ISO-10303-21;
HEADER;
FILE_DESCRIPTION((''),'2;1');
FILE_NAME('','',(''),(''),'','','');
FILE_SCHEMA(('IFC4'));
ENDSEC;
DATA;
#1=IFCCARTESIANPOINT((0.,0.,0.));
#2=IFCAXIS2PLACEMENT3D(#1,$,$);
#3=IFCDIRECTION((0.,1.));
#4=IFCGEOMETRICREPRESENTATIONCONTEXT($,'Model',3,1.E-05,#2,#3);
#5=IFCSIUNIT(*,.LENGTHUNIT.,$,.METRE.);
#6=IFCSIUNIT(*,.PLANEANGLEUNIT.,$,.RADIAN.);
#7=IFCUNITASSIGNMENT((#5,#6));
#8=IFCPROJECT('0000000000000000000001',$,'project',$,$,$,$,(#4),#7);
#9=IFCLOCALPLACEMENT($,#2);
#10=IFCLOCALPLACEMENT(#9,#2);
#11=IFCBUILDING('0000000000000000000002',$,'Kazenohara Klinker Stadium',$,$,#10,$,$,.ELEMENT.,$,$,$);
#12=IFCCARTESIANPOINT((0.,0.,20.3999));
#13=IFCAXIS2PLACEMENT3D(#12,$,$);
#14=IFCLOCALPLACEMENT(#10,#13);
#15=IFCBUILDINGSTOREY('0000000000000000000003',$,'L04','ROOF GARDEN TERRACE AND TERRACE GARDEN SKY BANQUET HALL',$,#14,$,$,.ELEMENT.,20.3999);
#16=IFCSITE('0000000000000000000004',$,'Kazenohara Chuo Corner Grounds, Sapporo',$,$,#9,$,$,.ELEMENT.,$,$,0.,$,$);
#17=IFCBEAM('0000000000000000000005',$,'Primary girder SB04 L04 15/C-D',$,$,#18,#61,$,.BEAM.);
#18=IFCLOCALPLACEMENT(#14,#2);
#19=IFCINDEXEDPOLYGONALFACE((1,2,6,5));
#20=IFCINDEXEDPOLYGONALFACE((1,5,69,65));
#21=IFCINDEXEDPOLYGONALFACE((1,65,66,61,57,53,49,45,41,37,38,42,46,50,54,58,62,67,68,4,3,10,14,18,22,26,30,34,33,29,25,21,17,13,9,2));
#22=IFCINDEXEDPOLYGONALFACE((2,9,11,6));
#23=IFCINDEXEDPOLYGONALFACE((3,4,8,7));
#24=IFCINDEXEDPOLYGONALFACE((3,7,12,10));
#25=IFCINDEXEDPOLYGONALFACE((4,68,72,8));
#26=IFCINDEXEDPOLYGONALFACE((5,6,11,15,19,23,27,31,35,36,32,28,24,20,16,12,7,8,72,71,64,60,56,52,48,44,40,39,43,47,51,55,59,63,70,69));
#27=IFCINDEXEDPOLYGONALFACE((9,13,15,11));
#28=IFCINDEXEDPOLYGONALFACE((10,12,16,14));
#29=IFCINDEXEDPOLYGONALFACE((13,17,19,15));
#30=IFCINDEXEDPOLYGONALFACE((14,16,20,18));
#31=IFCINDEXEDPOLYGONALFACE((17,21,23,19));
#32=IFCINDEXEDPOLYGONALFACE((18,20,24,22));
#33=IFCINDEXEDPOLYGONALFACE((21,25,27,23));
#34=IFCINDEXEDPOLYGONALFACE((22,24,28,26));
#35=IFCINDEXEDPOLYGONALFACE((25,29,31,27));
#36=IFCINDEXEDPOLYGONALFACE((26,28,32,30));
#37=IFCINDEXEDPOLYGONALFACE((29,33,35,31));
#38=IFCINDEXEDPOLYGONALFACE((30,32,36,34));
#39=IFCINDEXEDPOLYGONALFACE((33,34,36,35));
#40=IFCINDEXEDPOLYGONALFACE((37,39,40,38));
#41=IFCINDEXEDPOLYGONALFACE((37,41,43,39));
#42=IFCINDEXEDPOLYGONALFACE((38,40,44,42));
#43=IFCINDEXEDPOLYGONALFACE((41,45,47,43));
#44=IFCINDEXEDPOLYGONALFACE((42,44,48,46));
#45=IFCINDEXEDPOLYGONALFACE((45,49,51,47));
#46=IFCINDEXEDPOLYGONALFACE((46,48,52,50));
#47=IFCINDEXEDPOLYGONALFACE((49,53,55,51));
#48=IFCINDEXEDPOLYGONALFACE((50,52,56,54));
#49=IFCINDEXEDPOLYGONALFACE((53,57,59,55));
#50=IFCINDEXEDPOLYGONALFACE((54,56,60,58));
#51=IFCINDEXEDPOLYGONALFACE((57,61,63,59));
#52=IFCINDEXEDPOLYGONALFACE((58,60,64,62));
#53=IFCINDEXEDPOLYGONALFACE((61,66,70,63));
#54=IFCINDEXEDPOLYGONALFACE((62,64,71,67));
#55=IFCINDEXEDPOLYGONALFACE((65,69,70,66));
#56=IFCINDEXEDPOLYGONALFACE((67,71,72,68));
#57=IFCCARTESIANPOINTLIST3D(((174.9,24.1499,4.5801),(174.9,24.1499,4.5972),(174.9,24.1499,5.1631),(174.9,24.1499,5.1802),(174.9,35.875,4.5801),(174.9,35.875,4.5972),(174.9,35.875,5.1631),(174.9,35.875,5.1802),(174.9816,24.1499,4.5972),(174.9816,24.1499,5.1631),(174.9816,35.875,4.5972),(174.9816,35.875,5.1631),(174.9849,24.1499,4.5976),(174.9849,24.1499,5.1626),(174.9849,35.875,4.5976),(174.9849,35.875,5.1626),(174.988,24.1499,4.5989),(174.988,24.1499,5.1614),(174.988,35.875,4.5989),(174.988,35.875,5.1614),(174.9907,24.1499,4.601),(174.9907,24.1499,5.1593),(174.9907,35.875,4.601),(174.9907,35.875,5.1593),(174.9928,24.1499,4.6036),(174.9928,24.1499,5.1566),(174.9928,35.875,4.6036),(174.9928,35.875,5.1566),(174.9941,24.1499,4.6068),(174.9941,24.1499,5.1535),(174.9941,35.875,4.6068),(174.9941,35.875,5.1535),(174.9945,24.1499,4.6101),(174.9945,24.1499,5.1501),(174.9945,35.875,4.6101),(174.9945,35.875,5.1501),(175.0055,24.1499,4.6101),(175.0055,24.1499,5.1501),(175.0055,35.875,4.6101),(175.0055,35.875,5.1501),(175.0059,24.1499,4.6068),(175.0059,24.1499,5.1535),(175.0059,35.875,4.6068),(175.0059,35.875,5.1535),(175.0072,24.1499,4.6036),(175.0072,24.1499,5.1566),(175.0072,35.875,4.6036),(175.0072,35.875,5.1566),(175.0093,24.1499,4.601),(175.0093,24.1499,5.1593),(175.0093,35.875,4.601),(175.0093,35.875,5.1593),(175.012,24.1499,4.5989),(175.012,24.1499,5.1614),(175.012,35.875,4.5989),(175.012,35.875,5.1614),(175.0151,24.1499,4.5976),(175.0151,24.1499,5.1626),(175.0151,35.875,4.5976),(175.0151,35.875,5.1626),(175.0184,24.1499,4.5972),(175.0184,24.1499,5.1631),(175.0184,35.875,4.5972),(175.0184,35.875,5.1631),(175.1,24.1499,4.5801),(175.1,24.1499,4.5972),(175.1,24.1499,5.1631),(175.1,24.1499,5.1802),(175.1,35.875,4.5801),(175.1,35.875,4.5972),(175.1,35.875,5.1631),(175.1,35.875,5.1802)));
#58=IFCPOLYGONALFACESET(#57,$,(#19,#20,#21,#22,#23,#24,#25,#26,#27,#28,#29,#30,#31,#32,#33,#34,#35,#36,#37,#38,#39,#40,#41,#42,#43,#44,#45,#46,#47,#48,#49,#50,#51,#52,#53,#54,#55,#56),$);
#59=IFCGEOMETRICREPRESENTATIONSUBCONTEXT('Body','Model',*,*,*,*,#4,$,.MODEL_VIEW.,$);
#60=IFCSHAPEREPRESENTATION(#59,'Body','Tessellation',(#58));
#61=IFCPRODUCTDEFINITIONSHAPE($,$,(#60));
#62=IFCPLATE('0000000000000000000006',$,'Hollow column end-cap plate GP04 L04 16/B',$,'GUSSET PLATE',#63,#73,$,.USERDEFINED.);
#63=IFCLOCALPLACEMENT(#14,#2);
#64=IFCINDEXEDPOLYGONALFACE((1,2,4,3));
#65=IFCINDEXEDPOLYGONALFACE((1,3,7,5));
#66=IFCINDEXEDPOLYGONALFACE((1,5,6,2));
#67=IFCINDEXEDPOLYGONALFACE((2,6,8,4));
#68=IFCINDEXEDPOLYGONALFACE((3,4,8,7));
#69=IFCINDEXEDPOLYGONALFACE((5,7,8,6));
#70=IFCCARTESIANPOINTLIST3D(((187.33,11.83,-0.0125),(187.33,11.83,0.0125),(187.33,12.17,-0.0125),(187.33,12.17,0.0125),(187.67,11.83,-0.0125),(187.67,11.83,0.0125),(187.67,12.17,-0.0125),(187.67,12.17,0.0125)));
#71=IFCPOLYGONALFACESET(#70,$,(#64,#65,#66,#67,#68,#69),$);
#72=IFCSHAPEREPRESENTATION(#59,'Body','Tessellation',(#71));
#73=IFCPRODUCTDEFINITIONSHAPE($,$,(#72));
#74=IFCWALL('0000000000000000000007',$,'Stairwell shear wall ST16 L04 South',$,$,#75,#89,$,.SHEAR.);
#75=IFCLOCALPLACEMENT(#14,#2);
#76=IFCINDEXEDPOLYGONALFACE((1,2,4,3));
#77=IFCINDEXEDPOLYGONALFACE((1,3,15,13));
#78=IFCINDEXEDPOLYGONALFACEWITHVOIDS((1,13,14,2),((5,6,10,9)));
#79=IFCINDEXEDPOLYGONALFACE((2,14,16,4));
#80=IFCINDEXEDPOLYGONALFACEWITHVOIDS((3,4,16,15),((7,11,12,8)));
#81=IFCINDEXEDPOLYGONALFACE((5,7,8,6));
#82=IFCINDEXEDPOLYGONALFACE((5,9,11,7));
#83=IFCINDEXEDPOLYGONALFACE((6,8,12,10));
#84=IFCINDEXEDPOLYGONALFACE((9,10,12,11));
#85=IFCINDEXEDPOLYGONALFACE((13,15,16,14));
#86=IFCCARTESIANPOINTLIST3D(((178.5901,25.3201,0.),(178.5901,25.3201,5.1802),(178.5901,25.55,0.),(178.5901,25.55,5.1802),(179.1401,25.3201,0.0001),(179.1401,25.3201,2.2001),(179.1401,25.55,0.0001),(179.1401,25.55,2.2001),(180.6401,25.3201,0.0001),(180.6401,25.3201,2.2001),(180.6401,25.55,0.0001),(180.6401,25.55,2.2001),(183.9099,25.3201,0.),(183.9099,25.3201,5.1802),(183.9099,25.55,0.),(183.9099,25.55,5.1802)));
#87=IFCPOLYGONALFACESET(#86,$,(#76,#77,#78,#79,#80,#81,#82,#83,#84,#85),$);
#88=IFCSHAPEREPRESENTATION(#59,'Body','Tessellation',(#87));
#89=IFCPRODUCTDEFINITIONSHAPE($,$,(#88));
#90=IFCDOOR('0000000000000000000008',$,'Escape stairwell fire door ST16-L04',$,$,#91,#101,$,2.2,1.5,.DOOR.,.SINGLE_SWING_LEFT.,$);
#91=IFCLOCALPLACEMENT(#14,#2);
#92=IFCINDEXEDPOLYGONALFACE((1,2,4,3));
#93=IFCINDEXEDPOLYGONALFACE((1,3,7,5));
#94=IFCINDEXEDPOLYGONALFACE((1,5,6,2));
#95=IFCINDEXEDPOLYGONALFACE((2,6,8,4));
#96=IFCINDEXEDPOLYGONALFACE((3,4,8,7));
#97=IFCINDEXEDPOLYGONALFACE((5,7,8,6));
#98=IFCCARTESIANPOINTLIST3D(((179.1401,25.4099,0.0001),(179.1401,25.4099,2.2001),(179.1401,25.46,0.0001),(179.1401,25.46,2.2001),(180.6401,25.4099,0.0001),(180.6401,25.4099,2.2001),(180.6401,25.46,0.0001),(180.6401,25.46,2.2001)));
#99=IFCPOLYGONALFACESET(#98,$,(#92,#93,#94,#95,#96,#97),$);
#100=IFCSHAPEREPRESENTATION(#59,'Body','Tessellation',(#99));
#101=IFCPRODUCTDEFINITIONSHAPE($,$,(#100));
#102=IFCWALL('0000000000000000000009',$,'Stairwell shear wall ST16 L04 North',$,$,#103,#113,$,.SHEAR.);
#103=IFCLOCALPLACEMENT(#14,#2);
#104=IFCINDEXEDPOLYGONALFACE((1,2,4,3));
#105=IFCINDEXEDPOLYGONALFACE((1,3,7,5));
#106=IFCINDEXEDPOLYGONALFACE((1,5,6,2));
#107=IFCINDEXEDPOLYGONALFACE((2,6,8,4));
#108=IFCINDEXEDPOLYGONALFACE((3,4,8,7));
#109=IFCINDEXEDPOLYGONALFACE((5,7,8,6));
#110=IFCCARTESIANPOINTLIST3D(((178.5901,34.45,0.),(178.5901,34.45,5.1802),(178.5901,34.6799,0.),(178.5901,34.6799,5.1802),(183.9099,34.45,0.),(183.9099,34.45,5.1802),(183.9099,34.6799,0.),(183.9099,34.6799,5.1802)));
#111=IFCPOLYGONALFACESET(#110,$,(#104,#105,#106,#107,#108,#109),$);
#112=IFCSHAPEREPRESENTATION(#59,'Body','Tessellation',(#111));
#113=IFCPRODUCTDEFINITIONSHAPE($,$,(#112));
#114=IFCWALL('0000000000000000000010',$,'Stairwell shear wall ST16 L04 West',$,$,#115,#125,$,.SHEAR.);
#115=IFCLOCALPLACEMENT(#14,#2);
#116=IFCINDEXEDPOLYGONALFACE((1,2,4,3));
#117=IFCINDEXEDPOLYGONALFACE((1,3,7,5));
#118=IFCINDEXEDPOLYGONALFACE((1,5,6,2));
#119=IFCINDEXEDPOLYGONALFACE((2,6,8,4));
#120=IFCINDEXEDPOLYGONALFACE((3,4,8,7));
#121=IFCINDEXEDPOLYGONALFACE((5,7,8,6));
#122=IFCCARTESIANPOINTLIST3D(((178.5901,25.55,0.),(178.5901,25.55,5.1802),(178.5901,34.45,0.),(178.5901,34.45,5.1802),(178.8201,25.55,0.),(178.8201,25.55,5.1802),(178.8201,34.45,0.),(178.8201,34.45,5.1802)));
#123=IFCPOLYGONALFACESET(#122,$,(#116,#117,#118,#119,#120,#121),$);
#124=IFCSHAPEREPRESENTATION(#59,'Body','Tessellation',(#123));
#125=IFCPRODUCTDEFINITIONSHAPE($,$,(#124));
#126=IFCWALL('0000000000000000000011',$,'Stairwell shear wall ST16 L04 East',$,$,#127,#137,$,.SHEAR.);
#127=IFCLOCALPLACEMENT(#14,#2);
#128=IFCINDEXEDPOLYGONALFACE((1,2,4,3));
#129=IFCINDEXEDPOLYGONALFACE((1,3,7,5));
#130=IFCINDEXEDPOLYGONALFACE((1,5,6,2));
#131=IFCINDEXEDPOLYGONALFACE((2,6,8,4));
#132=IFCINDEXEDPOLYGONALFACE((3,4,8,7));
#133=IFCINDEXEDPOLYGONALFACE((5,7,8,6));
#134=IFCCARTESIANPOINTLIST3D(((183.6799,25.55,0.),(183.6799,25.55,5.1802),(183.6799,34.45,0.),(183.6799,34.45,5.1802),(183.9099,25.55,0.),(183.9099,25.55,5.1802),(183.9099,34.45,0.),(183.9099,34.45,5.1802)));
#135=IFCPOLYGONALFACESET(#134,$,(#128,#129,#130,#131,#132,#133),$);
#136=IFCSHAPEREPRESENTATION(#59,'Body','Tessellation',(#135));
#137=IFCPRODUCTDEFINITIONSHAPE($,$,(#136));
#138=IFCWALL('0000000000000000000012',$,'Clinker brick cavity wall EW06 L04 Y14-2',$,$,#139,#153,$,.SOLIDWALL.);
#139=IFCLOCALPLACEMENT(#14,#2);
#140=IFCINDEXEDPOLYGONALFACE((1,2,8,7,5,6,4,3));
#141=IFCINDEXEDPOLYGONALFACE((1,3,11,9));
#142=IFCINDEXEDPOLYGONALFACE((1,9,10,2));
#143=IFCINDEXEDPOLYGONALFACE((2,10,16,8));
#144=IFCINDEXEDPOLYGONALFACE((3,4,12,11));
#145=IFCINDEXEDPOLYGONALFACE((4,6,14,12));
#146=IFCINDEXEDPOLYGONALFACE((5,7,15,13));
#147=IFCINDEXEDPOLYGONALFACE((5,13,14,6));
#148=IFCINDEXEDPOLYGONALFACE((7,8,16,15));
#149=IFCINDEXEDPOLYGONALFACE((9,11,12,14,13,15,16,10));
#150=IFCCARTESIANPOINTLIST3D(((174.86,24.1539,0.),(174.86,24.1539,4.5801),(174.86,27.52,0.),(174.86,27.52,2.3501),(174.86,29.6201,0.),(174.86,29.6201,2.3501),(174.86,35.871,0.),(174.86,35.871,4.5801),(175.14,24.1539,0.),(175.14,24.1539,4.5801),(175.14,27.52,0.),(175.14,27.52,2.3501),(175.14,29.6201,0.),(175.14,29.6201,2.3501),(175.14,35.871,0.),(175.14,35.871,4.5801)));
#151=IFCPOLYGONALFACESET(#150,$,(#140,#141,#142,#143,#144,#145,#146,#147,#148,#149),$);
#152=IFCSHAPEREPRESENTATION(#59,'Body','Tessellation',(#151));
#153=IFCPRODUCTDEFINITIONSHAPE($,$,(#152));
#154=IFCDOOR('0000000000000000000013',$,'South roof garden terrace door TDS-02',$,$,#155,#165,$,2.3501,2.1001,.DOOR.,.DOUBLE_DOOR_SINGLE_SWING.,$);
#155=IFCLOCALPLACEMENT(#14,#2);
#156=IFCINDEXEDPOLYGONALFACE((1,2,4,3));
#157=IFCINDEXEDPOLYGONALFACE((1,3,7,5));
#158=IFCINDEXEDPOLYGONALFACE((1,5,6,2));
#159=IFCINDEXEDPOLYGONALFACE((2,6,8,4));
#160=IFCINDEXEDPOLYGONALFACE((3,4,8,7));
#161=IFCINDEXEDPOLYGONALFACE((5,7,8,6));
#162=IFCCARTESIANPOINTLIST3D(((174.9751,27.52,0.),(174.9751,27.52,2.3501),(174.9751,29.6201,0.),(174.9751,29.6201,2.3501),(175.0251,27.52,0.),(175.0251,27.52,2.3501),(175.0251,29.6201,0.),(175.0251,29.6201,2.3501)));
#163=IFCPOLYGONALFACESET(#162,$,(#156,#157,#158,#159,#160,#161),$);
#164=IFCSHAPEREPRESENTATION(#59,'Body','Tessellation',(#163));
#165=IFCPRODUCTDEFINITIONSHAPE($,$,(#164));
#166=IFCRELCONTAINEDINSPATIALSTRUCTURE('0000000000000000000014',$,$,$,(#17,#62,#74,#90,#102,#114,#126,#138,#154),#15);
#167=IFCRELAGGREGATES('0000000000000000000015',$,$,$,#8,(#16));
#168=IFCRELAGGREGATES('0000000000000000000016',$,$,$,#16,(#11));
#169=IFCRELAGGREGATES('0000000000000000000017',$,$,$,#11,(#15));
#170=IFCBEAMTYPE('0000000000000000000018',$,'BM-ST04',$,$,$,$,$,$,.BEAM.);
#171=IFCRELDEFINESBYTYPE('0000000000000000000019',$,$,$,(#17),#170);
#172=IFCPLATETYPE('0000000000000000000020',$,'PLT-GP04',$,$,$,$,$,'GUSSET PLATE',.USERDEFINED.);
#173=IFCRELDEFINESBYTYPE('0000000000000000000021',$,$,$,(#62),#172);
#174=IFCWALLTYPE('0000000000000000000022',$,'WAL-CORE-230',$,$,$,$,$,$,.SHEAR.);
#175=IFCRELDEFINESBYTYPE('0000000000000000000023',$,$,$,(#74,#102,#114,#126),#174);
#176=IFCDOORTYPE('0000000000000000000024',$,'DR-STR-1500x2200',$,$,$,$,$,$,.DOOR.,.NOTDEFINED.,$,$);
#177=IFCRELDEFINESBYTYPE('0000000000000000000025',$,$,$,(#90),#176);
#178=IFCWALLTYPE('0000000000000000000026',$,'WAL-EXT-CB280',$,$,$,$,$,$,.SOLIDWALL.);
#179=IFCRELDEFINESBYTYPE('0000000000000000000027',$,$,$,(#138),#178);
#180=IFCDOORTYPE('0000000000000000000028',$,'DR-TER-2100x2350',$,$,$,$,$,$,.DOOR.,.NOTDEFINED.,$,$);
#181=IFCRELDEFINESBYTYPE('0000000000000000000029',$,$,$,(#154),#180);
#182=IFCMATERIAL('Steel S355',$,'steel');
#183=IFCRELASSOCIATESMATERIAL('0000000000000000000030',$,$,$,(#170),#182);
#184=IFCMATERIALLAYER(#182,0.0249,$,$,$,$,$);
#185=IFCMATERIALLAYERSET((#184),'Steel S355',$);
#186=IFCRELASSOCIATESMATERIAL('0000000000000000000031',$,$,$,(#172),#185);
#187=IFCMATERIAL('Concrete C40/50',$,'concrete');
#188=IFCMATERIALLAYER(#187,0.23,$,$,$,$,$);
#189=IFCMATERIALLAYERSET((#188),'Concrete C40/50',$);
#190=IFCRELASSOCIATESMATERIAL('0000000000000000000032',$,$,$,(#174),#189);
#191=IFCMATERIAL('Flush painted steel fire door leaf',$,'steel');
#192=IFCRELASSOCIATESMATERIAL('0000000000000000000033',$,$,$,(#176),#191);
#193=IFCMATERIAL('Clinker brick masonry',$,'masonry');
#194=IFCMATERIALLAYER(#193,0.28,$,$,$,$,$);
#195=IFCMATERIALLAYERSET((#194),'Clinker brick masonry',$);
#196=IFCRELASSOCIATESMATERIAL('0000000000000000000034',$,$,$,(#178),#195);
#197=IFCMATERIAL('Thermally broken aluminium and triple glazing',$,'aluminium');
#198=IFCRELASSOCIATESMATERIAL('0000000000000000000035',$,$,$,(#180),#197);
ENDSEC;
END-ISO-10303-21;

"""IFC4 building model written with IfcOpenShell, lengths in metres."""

from ifc_helpers import new_model, si_unit, direction, frame, frame_2d, origin, origin_2d, place, context, subcontext, project, spatial, rectangle, i_section, extrude, material, layer, layer_set, material_profile, profile_set, type_object, element, fill, save


model = new_model("IFC4")

# Units and contexts
model_context = context("Model", 3, precision=1e-05, world=origin(), true_north=direction((0.0, 1.0)))
body_context = subcontext(model_context, "Body", "Model", "MODEL_VIEW")
ifc_project = project(units=[si_unit("LENGTHUNIT", "METRE"), si_unit("PLANEANGLEUNIT", "RADIAN")], contexts=[model_context])

# Site, building, storey
site_placement = place(None, origin())
site = spatial("IfcSite", under=ifc_project, at=site_placement, Name="Kazenohara Chuo Corner Grounds, Sapporo", CompositionType="ELEMENT", RefElevation=0.0)
building_placement = place(site_placement, origin())
building = spatial("IfcBuilding", under=site, at=building_placement, Name="Kazenohara Klinker Stadium", CompositionType="ELEMENT")
storey_placement = place(building_placement, frame((0.0, 0.0, 20.3999)))
storey = spatial("IfcBuildingStorey", under=building, at=storey_placement, Name="L04", Description="ROOF GARDEN TERRACE AND TERRACE GARDEN SKY BANQUET HALL", CompositionType="ELEMENT", Elevation=20.3999)

# Shared definitions
ifc_material_1 = material(Name="Steel S355", Category="steel")

# Beam
ifc_material_2 = material(Name="Concrete C40/50", Category="concrete")
ifc_material_profile_1 = material_profile(ifc_material_1, i_section(OverallWidth=0.2, OverallDepth=0.6001, WebThickness=0.011, FlangeThickness=0.0171, FilletRadius=0.0129, at=origin_2d()), Name="H-600x200x11x17")
ifc_profile_set_1 = profile_set([ifc_material_profile_1], Name="Steel S355")
beam_type_1 = type_object("IfcBeamType", Name="BM-ST04", PredefinedType="BEAM", material=ifc_profile_set_1)
beam_1_placement = place(storey_placement, frame((175.0, 24.1499, 4.8801), z_axis=(0.0, 1.0, 0.0), x_axis=(-1.0, 0.0, 0.0)))
element("IfcBeam", 1, at=beam_1_placement, inside=storey, type_object=beam_type_1, Name="Primary girder SB04 L04 15/C-D", PredefinedType="BEAM", context=body_context, shape_type="SweptSolid", body=[
    extrude(i_section(OverallWidth=0.2, OverallDepth=0.6001, WebThickness=0.011, FlangeThickness=0.0171, FilletRadius=0.0129, at=origin_2d()), origin(), (0.0, 0.0, 1.0), 11.7251),
])

# Plate
ifc_layer_1 = layer(ifc_material_1, 0.0249)
ifc_layer_set_1 = layer_set([ifc_layer_1], Name="Steel S355")
plate_type = type_object("IfcPlateType", Name="PLT-GP04", ElementType="GUSSET PLATE", PredefinedType="USERDEFINED", material=ifc_layer_set_1)
plate_placement = place(storey_placement, frame((187.5, 12.0, -0.0125), z_axis=(0.0, 0.0, 1.0), x_axis=(1.0, 0.0, 0.0)))
element("IfcPlate", 2, at=plate_placement, inside=storey, type_object=plate_type, Name="Hollow column end-cap plate GP04 L04 16/B", ObjectType="GUSSET PLATE", PredefinedType="USERDEFINED", context=body_context, shape_type="SweptSolid", body=[
    extrude(rectangle(XDim=0.3401, YDim=0.3401, at=origin_2d()), origin(), (0.0, 0.0, 1.0), 0.0249),
])

# Wall, opening, door
ifc_layer_2 = layer(ifc_material_2, 0.23)
ifc_layer_set_2 = layer_set([ifc_layer_2], Name="Concrete C40/50")
wall_type_1 = type_object("IfcWallType", Name="WAL-CORE-230", PredefinedType="SHEAR", material=ifc_layer_set_2)
wall_1_placement = place(storey_placement, frame((178.5901, 25.4351, 0.0), z_axis=(0.0, 0.0, 1.0), x_axis=(1.0, 0.0, 0.0)))
wall_1 = element("IfcWall", 3, at=wall_1_placement, inside=storey, type_object=wall_type_1, Name="Stairwell shear wall ST16 L04 South", PredefinedType="SHEAR", context=body_context, shape_type="SweptSolid", body=[
    extrude(rectangle(XDim=5.3198, YDim=0.23, at=frame_2d((2.6599, 0.0))), origin(), (0.0, 0.0, 1.0), 5.1802),
])
opening_1_placement = place(wall_1_placement, frame((0.55, 0.0, 0.0)))
opening_1 = element("IfcOpeningElement", 4, at=opening_1_placement, cuts=wall_1, PredefinedType="OPENING", context=body_context, shape_type="SweptSolid", body=[
    extrude(rectangle(XDim=1.5, YDim=2.2, at=frame_2d((0.75, 1.1001))), frame((0.0, 0.125, 0.0), z_axis=(0.0, -1.0, 0.0), x_axis=(1.0, 0.0, 0.0)), (0.0, 0.0, 1.0), 0.25),
])
ifc_material_3 = material(Name="Flush painted steel fire door leaf", Category="steel")
door_type_1 = type_object("IfcDoorType", Name="DR-STR-1500x2200", OperationType="NOTDEFINED", PredefinedType="DOOR", material=ifc_material_3)
door_1_placement = place(opening_1_placement, origin())
door_1 = element("IfcDoor", 5, at=door_1_placement, inside=storey, type_object=door_type_1, Name="Escape stairwell fire door ST16-L04", OperationType="SINGLE_SWING_LEFT", OverallHeight=2.2, OverallWidth=1.5, PredefinedType="DOOR", context=body_context, shape_type="SweptSolid", body=[
    extrude(rectangle(XDim=1.5, YDim=2.2, at=frame_2d((0.75, 1.1001))), frame((0.0, 0.0249, 0.0), z_axis=(0.0, -1.0, 0.0), x_axis=(1.0, 0.0, 0.0)), (0.0, 0.0, 1.0), 0.05),
])
fill(opening_1, door_1)

# Walls
wall_2_placement = place(storey_placement, frame((178.5901, 34.5649, 0.0), z_axis=(0.0, 0.0, 1.0), x_axis=(1.0, 0.0, 0.0)))
element("IfcWall", 6, at=wall_2_placement, inside=storey, type_object=wall_type_1, Name="Stairwell shear wall ST16 L04 North", PredefinedType="SHEAR", context=body_context, shape_type="SweptSolid", body=[
    extrude(rectangle(XDim=5.3198, YDim=0.23, at=frame_2d((2.6599, 0.0))), origin(), (0.0, 0.0, 1.0), 5.1802),
])
for number, where, z_axis, x_axis, name in (
    (7, (178.7051, 25.55, 0.0), (0.0, 0.0, 1.0), (0.0, 1.0, 0.0), "Stairwell shear wall ST16 L04 West"),
    (8, (183.7949, 25.55, 0.0), (0.0, 0.0, 1.0), (0.0, 1.0, 0.0), "Stairwell shear wall ST16 L04 East"),
):
    element("IfcWall", number, at=place(storey_placement, frame(where, z_axis=z_axis, x_axis=x_axis)), inside=storey, type_object=wall_type_1, Name=name, PredefinedType="SHEAR", context=body_context, shape_type="SweptSolid", body=[
        extrude(rectangle(XDim=8.8999, YDim=0.23, at=frame_2d((4.45, 0.0))), origin(), (0.0, 0.0, 1.0), 5.1802),
    ])

# Wall, opening, door
ifc_material_4 = material(Name="Clinker brick masonry", Category="masonry")
ifc_layer_3 = layer(ifc_material_4, 0.28)
ifc_layer_set_3 = layer_set([ifc_layer_3], Name="Clinker brick masonry")
wall_type_2 = type_object("IfcWallType", Name="WAL-EXT-CB280", PredefinedType="SOLIDWALL", material=ifc_layer_set_3)
wall_3_placement = place(storey_placement, frame((175.0, 24.1541, 0.0), z_axis=(0.0, 0.0, 1.0), x_axis=(0.0, 1.0, 0.0)))
wall_3 = element("IfcWall", 9, at=wall_3_placement, inside=storey, type_object=wall_type_2, Name="Clinker brick cavity wall EW06 L04 Y14-2", PredefinedType="SOLIDWALL", context=body_context, shape_type="SweptSolid", body=[
    extrude(rectangle(XDim=11.717, YDim=0.28, at=frame_2d((5.8584, 0.0))), origin(), (0.0, 0.0, 1.0), 4.5801),
])
opening_2_placement = place(wall_3_placement, frame((3.366, 0.0, 0.0)))
opening_2 = element("IfcOpeningElement", 10, at=opening_2_placement, cuts=wall_3, PredefinedType="OPENING", context=body_context, shape_type="SweptSolid", body=[
    extrude(rectangle(XDim=2.1001, YDim=2.3501, at=frame_2d((1.05, 1.175))), frame((0.0, 0.1499, 0.0), z_axis=(0.0, -1.0, 0.0), x_axis=(1.0, 0.0, 0.0)), (0.0, 0.0, 1.0), 0.3),
])
ifc_material_5 = material(Name="Thermally broken aluminium and triple glazing", Category="aluminium")
door_type_2 = type_object("IfcDoorType", Name="DR-TER-2100x2350", OperationType="NOTDEFINED", PredefinedType="DOOR", material=ifc_material_5)
door_2_placement = place(opening_2_placement, origin())
door_2 = element("IfcDoor", 11, at=door_2_placement, inside=storey, type_object=door_type_2, Name="South roof garden terrace door TDS-02", OperationType="DOUBLE_DOOR_SINGLE_SWING", OverallHeight=2.3501, OverallWidth=2.1001, PredefinedType="DOOR", context=body_context, shape_type="SweptSolid", body=[
    extrude(rectangle(XDim=2.1001, YDim=2.3501, at=frame_2d((1.05, 1.175))), frame((0.0, 0.0249, 0.0), z_axis=(0.0, -1.0, 0.0), x_axis=(1.0, 0.0, 0.0)), (0.0, 0.0, 1.0), 0.05),
])
fill(opening_2, door_2)

save(model, "model.ifc")
